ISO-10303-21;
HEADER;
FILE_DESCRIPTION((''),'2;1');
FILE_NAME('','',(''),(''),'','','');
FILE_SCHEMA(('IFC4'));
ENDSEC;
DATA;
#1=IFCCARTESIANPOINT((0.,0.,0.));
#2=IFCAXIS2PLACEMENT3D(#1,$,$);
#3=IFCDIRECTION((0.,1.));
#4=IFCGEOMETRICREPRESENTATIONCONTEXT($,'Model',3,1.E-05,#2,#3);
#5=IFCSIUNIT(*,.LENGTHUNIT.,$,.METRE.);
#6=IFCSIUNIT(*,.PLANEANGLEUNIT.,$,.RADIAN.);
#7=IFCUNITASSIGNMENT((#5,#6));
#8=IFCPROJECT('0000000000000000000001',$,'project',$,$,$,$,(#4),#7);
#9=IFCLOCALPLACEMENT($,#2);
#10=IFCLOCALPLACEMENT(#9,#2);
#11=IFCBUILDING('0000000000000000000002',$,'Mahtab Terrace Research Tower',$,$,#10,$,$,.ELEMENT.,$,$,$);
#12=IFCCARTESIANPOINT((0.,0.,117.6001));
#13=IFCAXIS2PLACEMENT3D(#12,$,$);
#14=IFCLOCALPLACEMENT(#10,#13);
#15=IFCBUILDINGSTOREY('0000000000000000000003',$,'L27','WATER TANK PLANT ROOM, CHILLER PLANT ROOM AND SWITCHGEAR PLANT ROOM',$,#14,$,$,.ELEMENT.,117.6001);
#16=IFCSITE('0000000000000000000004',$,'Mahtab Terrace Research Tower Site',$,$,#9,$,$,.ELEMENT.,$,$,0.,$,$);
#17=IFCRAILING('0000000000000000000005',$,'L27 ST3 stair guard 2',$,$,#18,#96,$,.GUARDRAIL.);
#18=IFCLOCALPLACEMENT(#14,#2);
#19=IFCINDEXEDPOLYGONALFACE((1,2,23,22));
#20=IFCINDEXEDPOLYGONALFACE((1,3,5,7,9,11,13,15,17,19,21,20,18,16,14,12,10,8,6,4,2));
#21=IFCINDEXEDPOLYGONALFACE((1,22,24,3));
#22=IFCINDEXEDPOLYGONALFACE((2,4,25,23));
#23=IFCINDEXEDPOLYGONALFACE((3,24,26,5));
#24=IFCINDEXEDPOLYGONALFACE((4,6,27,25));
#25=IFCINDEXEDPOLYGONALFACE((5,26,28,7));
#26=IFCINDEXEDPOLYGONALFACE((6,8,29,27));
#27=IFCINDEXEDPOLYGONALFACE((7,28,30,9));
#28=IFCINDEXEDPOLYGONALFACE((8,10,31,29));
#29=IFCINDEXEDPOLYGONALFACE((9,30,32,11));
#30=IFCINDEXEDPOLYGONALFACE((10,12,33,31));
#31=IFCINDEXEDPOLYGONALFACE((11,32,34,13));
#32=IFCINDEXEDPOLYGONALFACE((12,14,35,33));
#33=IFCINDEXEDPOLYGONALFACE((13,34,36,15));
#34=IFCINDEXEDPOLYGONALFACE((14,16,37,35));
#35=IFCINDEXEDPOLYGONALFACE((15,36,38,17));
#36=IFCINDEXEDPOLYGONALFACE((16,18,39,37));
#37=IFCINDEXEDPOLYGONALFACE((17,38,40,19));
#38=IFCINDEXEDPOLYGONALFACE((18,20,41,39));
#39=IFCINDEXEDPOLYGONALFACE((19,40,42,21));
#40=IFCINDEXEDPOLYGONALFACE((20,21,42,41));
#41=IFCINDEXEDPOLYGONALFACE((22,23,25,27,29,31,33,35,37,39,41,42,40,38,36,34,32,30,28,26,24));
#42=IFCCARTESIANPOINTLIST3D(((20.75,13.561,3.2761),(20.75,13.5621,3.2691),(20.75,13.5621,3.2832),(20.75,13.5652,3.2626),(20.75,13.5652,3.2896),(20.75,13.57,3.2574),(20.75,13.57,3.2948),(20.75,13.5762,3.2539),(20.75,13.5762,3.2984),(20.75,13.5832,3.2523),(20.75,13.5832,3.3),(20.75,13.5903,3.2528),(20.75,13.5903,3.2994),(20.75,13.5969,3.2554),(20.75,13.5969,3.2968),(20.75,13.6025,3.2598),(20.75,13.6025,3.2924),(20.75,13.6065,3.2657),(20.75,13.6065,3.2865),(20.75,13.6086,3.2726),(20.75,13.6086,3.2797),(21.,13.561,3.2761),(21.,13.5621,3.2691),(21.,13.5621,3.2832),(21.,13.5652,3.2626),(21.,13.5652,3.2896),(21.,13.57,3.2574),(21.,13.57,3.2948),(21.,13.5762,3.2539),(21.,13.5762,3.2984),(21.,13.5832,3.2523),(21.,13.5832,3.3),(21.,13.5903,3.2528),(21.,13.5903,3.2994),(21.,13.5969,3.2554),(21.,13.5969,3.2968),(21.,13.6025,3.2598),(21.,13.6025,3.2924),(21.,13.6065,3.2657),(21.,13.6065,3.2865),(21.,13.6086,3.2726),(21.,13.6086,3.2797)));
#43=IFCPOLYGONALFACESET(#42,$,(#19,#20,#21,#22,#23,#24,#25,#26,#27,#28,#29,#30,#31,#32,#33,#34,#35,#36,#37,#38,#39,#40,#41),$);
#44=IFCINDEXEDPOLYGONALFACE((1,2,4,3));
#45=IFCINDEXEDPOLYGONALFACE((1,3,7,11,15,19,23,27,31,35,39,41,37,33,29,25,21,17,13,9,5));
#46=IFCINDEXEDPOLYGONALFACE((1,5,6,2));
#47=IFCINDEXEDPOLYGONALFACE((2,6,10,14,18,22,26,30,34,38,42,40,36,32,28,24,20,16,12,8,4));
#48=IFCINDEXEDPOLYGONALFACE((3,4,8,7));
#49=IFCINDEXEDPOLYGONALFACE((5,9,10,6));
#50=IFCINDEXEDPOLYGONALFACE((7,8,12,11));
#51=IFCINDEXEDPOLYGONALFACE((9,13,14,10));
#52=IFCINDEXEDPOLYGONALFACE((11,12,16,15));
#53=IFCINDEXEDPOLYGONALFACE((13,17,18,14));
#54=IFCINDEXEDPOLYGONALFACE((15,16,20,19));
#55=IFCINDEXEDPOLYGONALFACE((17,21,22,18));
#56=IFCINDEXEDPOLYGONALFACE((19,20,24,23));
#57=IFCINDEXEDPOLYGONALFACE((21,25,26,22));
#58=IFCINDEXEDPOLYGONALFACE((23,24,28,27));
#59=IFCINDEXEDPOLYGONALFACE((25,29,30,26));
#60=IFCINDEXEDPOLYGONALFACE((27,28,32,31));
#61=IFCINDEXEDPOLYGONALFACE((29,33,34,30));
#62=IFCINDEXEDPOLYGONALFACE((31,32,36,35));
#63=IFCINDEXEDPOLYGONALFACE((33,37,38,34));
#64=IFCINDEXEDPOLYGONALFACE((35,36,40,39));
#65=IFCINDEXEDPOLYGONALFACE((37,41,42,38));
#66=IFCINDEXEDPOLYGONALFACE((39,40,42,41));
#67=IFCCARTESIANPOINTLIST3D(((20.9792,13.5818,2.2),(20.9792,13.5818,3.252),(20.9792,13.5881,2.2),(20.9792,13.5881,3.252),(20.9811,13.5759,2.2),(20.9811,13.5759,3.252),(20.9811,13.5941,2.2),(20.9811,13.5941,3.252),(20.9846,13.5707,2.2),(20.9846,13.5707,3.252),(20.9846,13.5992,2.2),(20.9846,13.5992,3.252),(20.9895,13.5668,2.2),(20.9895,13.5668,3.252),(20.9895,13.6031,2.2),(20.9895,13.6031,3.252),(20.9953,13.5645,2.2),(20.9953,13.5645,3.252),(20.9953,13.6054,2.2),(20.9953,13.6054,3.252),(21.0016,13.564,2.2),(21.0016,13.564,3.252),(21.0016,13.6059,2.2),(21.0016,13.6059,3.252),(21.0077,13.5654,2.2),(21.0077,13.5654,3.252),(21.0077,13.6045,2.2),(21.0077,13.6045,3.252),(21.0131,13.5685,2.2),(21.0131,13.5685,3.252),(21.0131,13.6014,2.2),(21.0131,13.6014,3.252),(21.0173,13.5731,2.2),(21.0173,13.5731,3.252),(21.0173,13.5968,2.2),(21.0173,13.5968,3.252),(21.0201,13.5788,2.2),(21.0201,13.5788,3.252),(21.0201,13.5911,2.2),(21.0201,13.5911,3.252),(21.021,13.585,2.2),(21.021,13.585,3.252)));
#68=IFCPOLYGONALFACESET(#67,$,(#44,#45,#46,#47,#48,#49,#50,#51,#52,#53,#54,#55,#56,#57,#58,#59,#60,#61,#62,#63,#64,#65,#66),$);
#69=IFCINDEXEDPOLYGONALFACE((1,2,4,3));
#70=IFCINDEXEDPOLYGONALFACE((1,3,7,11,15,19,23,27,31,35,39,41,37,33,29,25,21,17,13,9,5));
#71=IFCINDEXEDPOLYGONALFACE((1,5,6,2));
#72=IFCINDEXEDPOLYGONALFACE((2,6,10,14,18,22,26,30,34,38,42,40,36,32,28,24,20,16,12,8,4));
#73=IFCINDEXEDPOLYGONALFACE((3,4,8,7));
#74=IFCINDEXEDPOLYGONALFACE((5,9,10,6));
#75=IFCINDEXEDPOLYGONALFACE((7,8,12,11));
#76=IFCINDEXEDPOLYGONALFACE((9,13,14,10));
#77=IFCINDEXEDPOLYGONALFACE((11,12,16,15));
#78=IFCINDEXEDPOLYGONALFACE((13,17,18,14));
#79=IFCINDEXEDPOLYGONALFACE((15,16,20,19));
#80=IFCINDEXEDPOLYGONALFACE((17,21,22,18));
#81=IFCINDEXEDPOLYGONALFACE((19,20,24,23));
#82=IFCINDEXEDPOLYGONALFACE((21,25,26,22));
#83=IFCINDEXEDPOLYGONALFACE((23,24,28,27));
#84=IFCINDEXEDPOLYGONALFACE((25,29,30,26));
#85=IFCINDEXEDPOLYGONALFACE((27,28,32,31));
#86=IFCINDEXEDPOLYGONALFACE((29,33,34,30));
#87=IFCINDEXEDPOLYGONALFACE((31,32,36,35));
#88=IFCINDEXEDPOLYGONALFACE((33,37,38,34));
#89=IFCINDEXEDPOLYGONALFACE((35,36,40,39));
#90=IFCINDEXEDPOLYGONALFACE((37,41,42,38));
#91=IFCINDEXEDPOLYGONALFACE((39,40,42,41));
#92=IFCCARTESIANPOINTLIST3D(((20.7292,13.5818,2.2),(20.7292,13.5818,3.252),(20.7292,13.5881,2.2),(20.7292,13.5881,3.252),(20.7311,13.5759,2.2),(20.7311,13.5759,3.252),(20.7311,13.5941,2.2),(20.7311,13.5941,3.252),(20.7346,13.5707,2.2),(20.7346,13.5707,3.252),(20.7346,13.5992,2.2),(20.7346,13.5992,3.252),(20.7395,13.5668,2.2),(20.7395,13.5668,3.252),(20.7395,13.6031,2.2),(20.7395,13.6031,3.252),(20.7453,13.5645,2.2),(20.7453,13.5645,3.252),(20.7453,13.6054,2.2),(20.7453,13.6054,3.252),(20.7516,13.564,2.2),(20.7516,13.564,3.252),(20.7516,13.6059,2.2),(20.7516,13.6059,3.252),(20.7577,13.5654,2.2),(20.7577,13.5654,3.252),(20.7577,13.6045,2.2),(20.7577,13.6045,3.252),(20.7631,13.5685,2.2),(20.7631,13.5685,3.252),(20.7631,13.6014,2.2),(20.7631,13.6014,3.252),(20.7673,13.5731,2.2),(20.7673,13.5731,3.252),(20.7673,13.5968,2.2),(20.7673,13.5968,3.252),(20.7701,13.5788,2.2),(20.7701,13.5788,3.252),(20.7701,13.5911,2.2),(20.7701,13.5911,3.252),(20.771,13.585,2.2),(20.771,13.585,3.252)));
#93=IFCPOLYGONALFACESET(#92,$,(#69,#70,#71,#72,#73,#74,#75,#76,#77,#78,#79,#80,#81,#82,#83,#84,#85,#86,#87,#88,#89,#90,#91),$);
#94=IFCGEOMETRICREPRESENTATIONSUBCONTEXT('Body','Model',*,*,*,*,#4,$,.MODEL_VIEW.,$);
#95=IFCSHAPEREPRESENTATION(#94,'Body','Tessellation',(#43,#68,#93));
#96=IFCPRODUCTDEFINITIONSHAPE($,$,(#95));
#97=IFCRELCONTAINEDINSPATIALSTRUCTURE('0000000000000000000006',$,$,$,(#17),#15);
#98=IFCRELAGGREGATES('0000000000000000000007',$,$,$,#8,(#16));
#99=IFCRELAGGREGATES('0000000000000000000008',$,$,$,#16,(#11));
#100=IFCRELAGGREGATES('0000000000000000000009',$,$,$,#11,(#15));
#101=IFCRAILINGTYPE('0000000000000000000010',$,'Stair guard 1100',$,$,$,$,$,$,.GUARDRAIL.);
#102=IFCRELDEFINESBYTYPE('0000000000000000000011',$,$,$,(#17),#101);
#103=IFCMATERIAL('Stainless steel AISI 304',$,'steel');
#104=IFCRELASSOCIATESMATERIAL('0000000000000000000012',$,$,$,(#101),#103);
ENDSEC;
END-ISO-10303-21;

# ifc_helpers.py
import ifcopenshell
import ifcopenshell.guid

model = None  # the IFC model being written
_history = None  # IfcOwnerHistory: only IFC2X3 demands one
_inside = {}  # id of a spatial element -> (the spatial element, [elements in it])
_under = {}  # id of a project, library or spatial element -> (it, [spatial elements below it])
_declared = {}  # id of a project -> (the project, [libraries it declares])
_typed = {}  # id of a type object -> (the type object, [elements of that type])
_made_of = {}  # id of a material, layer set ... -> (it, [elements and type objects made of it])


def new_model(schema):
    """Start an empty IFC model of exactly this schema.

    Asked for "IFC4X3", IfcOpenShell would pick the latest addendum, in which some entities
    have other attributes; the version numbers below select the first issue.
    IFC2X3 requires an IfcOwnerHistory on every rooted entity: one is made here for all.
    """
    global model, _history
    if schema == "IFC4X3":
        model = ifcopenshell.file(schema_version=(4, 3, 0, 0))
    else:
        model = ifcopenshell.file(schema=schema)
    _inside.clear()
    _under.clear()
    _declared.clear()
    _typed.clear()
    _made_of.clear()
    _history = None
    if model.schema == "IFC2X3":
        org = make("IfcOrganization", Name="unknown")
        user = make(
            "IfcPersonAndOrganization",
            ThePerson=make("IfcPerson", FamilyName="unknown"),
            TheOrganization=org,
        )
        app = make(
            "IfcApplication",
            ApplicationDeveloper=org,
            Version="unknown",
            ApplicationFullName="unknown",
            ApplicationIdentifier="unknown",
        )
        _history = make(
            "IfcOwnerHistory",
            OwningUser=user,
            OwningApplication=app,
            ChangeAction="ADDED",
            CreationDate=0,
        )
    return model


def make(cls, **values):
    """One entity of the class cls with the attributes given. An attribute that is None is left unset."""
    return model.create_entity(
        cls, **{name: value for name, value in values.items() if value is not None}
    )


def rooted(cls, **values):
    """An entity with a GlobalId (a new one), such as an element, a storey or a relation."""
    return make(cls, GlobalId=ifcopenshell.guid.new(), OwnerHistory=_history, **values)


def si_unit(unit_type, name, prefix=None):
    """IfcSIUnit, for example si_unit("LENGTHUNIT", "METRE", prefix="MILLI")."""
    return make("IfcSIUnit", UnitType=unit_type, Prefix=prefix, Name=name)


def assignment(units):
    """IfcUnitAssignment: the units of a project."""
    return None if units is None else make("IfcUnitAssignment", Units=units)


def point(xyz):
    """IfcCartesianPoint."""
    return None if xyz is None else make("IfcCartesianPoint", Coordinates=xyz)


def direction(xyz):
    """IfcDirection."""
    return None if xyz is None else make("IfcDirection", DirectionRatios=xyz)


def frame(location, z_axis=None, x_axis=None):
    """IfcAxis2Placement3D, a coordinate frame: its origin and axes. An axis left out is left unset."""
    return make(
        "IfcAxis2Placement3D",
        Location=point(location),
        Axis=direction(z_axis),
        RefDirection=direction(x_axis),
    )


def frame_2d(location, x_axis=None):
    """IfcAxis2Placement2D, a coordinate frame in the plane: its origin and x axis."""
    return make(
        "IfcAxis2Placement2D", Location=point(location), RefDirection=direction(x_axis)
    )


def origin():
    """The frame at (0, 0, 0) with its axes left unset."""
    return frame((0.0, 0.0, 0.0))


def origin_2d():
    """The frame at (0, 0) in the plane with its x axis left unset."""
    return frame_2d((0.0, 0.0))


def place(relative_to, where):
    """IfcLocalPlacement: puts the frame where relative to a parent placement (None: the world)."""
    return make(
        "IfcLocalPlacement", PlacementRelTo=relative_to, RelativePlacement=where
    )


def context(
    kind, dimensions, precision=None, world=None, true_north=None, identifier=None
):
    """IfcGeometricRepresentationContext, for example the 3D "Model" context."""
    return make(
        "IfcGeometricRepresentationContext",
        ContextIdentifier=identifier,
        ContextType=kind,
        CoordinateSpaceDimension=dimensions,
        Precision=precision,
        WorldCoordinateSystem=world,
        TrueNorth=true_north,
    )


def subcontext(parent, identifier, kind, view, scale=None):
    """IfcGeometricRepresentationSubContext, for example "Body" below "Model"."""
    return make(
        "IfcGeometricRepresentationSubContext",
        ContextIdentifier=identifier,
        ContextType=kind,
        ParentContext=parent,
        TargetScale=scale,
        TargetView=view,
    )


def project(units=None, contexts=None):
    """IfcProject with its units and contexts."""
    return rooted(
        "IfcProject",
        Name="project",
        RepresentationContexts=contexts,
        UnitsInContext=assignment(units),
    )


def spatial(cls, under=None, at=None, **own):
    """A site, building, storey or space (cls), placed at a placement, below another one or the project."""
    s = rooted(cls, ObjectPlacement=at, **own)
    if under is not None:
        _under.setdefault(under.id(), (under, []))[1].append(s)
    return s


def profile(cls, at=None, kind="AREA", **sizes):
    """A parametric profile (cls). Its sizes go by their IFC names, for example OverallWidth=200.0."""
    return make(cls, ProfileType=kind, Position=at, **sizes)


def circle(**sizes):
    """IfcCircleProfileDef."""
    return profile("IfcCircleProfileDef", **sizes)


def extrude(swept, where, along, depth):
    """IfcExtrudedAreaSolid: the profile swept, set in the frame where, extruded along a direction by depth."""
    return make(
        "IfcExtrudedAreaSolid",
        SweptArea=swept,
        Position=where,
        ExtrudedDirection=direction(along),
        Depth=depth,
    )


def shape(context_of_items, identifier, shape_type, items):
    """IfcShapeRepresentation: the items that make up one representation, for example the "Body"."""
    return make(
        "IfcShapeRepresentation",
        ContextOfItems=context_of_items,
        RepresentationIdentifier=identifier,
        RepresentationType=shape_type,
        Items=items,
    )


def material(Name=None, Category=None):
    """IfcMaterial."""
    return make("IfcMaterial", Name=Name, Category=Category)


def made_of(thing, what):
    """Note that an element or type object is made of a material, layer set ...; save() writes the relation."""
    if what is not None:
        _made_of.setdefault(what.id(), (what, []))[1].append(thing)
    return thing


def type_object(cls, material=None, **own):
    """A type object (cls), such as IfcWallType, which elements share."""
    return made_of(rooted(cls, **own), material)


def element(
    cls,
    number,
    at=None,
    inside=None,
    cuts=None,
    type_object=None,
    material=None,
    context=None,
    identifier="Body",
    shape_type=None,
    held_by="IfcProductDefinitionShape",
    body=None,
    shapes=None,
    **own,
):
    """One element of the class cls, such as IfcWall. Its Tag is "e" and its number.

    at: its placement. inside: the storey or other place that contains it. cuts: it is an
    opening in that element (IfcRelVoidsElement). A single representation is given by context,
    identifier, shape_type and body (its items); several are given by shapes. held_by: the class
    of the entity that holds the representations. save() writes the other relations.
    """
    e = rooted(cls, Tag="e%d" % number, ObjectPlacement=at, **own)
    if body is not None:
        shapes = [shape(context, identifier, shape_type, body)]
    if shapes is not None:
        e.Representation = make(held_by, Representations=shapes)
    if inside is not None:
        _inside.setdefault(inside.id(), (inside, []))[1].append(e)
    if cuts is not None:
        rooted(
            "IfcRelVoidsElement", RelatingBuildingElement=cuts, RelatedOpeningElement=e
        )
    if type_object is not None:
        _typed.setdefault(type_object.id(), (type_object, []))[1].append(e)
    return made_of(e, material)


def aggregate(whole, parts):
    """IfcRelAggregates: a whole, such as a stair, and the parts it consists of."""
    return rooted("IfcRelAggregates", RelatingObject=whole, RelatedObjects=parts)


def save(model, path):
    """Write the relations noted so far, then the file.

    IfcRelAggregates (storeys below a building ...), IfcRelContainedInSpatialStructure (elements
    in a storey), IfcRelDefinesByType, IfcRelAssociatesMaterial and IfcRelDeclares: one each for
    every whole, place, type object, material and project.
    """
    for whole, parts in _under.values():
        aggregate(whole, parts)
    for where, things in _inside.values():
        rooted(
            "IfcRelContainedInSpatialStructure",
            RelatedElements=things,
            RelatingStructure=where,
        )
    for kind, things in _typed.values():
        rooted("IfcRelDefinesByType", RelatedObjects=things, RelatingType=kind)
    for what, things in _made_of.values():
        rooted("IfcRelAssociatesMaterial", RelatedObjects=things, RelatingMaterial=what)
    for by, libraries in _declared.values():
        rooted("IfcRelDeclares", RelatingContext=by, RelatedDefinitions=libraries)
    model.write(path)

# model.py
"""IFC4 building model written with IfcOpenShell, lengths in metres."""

from ifc_helpers import new_model, si_unit, direction, frame, origin, origin_2d, place, context, subcontext, project, spatial, circle, extrude, material, type_object, element, save


model = new_model("IFC4")

# Units and contexts
model_context = context("Model", 3, precision=1e-05, world=origin(), true_north=direction((0.0, 1.0)))
body_context = subcontext(model_context, "Body", "Model", "MODEL_VIEW")
ifc_project = project(units=[si_unit("LENGTHUNIT", "METRE"), si_unit("PLANEANGLEUNIT", "RADIAN")], contexts=[model_context])

# Site, building, storey
site_placement = place(None, origin())
site = spatial("IfcSite", under=ifc_project, at=site_placement, Name="Mahtab Terrace Research Tower Site", CompositionType="ELEMENT", RefElevation=0.0)
building_placement = place(site_placement, origin())
building = spatial("IfcBuilding", under=site, at=building_placement, Name="Mahtab Terrace Research Tower", CompositionType="ELEMENT")
storey_placement = place(building_placement, frame((0.0, 0.0, 117.6001)))
storey = spatial("IfcBuildingStorey", under=building, at=storey_placement, Name="L27", Description="WATER TANK PLANT ROOM, CHILLER PLANT ROOM AND SWITCHGEAR PLANT ROOM", CompositionType="ELEMENT", Elevation=117.6001)

# Shared definitions
ifc_material_1 = material(Name="Stainless steel AISI 304", Category="steel")

# Railing
railing_type_1 = type_object("IfcRailingType", Name="Stair guard 1100", PredefinedType="GUARDRAIL", material=ifc_material_1)
railing_1_placement = place(storey_placement, frame((21.0, 13.585, 2.2)))
element("IfcRailing", 1, at=railing_1_placement, inside=storey, type_object=railing_type_1, Name="L27 ST3 stair guard 2", PredefinedType="GUARDRAIL", context=body_context, shape_type="SweptSolid", body=[
    extrude(circle(Radius=0.0239, at=origin_2d()), frame((0.0, 0.0, 1.0762), z_axis=(-1.0, 0.0, 0.0), x_axis=(0.0, -1.0, 0.0)), (0.0, 0.0, 1.0), 0.25),
    extrude(circle(Radius=0.021, at=origin_2d()), origin(), (0.0, 0.0, 1.0), 1.052),
    extrude(circle(Radius=0.021, at=origin_2d()), frame((-0.25, 0.0, 0.0)), (0.0, 0.0, 1.0), 1.052),
])

save(model, "model.ifc")
